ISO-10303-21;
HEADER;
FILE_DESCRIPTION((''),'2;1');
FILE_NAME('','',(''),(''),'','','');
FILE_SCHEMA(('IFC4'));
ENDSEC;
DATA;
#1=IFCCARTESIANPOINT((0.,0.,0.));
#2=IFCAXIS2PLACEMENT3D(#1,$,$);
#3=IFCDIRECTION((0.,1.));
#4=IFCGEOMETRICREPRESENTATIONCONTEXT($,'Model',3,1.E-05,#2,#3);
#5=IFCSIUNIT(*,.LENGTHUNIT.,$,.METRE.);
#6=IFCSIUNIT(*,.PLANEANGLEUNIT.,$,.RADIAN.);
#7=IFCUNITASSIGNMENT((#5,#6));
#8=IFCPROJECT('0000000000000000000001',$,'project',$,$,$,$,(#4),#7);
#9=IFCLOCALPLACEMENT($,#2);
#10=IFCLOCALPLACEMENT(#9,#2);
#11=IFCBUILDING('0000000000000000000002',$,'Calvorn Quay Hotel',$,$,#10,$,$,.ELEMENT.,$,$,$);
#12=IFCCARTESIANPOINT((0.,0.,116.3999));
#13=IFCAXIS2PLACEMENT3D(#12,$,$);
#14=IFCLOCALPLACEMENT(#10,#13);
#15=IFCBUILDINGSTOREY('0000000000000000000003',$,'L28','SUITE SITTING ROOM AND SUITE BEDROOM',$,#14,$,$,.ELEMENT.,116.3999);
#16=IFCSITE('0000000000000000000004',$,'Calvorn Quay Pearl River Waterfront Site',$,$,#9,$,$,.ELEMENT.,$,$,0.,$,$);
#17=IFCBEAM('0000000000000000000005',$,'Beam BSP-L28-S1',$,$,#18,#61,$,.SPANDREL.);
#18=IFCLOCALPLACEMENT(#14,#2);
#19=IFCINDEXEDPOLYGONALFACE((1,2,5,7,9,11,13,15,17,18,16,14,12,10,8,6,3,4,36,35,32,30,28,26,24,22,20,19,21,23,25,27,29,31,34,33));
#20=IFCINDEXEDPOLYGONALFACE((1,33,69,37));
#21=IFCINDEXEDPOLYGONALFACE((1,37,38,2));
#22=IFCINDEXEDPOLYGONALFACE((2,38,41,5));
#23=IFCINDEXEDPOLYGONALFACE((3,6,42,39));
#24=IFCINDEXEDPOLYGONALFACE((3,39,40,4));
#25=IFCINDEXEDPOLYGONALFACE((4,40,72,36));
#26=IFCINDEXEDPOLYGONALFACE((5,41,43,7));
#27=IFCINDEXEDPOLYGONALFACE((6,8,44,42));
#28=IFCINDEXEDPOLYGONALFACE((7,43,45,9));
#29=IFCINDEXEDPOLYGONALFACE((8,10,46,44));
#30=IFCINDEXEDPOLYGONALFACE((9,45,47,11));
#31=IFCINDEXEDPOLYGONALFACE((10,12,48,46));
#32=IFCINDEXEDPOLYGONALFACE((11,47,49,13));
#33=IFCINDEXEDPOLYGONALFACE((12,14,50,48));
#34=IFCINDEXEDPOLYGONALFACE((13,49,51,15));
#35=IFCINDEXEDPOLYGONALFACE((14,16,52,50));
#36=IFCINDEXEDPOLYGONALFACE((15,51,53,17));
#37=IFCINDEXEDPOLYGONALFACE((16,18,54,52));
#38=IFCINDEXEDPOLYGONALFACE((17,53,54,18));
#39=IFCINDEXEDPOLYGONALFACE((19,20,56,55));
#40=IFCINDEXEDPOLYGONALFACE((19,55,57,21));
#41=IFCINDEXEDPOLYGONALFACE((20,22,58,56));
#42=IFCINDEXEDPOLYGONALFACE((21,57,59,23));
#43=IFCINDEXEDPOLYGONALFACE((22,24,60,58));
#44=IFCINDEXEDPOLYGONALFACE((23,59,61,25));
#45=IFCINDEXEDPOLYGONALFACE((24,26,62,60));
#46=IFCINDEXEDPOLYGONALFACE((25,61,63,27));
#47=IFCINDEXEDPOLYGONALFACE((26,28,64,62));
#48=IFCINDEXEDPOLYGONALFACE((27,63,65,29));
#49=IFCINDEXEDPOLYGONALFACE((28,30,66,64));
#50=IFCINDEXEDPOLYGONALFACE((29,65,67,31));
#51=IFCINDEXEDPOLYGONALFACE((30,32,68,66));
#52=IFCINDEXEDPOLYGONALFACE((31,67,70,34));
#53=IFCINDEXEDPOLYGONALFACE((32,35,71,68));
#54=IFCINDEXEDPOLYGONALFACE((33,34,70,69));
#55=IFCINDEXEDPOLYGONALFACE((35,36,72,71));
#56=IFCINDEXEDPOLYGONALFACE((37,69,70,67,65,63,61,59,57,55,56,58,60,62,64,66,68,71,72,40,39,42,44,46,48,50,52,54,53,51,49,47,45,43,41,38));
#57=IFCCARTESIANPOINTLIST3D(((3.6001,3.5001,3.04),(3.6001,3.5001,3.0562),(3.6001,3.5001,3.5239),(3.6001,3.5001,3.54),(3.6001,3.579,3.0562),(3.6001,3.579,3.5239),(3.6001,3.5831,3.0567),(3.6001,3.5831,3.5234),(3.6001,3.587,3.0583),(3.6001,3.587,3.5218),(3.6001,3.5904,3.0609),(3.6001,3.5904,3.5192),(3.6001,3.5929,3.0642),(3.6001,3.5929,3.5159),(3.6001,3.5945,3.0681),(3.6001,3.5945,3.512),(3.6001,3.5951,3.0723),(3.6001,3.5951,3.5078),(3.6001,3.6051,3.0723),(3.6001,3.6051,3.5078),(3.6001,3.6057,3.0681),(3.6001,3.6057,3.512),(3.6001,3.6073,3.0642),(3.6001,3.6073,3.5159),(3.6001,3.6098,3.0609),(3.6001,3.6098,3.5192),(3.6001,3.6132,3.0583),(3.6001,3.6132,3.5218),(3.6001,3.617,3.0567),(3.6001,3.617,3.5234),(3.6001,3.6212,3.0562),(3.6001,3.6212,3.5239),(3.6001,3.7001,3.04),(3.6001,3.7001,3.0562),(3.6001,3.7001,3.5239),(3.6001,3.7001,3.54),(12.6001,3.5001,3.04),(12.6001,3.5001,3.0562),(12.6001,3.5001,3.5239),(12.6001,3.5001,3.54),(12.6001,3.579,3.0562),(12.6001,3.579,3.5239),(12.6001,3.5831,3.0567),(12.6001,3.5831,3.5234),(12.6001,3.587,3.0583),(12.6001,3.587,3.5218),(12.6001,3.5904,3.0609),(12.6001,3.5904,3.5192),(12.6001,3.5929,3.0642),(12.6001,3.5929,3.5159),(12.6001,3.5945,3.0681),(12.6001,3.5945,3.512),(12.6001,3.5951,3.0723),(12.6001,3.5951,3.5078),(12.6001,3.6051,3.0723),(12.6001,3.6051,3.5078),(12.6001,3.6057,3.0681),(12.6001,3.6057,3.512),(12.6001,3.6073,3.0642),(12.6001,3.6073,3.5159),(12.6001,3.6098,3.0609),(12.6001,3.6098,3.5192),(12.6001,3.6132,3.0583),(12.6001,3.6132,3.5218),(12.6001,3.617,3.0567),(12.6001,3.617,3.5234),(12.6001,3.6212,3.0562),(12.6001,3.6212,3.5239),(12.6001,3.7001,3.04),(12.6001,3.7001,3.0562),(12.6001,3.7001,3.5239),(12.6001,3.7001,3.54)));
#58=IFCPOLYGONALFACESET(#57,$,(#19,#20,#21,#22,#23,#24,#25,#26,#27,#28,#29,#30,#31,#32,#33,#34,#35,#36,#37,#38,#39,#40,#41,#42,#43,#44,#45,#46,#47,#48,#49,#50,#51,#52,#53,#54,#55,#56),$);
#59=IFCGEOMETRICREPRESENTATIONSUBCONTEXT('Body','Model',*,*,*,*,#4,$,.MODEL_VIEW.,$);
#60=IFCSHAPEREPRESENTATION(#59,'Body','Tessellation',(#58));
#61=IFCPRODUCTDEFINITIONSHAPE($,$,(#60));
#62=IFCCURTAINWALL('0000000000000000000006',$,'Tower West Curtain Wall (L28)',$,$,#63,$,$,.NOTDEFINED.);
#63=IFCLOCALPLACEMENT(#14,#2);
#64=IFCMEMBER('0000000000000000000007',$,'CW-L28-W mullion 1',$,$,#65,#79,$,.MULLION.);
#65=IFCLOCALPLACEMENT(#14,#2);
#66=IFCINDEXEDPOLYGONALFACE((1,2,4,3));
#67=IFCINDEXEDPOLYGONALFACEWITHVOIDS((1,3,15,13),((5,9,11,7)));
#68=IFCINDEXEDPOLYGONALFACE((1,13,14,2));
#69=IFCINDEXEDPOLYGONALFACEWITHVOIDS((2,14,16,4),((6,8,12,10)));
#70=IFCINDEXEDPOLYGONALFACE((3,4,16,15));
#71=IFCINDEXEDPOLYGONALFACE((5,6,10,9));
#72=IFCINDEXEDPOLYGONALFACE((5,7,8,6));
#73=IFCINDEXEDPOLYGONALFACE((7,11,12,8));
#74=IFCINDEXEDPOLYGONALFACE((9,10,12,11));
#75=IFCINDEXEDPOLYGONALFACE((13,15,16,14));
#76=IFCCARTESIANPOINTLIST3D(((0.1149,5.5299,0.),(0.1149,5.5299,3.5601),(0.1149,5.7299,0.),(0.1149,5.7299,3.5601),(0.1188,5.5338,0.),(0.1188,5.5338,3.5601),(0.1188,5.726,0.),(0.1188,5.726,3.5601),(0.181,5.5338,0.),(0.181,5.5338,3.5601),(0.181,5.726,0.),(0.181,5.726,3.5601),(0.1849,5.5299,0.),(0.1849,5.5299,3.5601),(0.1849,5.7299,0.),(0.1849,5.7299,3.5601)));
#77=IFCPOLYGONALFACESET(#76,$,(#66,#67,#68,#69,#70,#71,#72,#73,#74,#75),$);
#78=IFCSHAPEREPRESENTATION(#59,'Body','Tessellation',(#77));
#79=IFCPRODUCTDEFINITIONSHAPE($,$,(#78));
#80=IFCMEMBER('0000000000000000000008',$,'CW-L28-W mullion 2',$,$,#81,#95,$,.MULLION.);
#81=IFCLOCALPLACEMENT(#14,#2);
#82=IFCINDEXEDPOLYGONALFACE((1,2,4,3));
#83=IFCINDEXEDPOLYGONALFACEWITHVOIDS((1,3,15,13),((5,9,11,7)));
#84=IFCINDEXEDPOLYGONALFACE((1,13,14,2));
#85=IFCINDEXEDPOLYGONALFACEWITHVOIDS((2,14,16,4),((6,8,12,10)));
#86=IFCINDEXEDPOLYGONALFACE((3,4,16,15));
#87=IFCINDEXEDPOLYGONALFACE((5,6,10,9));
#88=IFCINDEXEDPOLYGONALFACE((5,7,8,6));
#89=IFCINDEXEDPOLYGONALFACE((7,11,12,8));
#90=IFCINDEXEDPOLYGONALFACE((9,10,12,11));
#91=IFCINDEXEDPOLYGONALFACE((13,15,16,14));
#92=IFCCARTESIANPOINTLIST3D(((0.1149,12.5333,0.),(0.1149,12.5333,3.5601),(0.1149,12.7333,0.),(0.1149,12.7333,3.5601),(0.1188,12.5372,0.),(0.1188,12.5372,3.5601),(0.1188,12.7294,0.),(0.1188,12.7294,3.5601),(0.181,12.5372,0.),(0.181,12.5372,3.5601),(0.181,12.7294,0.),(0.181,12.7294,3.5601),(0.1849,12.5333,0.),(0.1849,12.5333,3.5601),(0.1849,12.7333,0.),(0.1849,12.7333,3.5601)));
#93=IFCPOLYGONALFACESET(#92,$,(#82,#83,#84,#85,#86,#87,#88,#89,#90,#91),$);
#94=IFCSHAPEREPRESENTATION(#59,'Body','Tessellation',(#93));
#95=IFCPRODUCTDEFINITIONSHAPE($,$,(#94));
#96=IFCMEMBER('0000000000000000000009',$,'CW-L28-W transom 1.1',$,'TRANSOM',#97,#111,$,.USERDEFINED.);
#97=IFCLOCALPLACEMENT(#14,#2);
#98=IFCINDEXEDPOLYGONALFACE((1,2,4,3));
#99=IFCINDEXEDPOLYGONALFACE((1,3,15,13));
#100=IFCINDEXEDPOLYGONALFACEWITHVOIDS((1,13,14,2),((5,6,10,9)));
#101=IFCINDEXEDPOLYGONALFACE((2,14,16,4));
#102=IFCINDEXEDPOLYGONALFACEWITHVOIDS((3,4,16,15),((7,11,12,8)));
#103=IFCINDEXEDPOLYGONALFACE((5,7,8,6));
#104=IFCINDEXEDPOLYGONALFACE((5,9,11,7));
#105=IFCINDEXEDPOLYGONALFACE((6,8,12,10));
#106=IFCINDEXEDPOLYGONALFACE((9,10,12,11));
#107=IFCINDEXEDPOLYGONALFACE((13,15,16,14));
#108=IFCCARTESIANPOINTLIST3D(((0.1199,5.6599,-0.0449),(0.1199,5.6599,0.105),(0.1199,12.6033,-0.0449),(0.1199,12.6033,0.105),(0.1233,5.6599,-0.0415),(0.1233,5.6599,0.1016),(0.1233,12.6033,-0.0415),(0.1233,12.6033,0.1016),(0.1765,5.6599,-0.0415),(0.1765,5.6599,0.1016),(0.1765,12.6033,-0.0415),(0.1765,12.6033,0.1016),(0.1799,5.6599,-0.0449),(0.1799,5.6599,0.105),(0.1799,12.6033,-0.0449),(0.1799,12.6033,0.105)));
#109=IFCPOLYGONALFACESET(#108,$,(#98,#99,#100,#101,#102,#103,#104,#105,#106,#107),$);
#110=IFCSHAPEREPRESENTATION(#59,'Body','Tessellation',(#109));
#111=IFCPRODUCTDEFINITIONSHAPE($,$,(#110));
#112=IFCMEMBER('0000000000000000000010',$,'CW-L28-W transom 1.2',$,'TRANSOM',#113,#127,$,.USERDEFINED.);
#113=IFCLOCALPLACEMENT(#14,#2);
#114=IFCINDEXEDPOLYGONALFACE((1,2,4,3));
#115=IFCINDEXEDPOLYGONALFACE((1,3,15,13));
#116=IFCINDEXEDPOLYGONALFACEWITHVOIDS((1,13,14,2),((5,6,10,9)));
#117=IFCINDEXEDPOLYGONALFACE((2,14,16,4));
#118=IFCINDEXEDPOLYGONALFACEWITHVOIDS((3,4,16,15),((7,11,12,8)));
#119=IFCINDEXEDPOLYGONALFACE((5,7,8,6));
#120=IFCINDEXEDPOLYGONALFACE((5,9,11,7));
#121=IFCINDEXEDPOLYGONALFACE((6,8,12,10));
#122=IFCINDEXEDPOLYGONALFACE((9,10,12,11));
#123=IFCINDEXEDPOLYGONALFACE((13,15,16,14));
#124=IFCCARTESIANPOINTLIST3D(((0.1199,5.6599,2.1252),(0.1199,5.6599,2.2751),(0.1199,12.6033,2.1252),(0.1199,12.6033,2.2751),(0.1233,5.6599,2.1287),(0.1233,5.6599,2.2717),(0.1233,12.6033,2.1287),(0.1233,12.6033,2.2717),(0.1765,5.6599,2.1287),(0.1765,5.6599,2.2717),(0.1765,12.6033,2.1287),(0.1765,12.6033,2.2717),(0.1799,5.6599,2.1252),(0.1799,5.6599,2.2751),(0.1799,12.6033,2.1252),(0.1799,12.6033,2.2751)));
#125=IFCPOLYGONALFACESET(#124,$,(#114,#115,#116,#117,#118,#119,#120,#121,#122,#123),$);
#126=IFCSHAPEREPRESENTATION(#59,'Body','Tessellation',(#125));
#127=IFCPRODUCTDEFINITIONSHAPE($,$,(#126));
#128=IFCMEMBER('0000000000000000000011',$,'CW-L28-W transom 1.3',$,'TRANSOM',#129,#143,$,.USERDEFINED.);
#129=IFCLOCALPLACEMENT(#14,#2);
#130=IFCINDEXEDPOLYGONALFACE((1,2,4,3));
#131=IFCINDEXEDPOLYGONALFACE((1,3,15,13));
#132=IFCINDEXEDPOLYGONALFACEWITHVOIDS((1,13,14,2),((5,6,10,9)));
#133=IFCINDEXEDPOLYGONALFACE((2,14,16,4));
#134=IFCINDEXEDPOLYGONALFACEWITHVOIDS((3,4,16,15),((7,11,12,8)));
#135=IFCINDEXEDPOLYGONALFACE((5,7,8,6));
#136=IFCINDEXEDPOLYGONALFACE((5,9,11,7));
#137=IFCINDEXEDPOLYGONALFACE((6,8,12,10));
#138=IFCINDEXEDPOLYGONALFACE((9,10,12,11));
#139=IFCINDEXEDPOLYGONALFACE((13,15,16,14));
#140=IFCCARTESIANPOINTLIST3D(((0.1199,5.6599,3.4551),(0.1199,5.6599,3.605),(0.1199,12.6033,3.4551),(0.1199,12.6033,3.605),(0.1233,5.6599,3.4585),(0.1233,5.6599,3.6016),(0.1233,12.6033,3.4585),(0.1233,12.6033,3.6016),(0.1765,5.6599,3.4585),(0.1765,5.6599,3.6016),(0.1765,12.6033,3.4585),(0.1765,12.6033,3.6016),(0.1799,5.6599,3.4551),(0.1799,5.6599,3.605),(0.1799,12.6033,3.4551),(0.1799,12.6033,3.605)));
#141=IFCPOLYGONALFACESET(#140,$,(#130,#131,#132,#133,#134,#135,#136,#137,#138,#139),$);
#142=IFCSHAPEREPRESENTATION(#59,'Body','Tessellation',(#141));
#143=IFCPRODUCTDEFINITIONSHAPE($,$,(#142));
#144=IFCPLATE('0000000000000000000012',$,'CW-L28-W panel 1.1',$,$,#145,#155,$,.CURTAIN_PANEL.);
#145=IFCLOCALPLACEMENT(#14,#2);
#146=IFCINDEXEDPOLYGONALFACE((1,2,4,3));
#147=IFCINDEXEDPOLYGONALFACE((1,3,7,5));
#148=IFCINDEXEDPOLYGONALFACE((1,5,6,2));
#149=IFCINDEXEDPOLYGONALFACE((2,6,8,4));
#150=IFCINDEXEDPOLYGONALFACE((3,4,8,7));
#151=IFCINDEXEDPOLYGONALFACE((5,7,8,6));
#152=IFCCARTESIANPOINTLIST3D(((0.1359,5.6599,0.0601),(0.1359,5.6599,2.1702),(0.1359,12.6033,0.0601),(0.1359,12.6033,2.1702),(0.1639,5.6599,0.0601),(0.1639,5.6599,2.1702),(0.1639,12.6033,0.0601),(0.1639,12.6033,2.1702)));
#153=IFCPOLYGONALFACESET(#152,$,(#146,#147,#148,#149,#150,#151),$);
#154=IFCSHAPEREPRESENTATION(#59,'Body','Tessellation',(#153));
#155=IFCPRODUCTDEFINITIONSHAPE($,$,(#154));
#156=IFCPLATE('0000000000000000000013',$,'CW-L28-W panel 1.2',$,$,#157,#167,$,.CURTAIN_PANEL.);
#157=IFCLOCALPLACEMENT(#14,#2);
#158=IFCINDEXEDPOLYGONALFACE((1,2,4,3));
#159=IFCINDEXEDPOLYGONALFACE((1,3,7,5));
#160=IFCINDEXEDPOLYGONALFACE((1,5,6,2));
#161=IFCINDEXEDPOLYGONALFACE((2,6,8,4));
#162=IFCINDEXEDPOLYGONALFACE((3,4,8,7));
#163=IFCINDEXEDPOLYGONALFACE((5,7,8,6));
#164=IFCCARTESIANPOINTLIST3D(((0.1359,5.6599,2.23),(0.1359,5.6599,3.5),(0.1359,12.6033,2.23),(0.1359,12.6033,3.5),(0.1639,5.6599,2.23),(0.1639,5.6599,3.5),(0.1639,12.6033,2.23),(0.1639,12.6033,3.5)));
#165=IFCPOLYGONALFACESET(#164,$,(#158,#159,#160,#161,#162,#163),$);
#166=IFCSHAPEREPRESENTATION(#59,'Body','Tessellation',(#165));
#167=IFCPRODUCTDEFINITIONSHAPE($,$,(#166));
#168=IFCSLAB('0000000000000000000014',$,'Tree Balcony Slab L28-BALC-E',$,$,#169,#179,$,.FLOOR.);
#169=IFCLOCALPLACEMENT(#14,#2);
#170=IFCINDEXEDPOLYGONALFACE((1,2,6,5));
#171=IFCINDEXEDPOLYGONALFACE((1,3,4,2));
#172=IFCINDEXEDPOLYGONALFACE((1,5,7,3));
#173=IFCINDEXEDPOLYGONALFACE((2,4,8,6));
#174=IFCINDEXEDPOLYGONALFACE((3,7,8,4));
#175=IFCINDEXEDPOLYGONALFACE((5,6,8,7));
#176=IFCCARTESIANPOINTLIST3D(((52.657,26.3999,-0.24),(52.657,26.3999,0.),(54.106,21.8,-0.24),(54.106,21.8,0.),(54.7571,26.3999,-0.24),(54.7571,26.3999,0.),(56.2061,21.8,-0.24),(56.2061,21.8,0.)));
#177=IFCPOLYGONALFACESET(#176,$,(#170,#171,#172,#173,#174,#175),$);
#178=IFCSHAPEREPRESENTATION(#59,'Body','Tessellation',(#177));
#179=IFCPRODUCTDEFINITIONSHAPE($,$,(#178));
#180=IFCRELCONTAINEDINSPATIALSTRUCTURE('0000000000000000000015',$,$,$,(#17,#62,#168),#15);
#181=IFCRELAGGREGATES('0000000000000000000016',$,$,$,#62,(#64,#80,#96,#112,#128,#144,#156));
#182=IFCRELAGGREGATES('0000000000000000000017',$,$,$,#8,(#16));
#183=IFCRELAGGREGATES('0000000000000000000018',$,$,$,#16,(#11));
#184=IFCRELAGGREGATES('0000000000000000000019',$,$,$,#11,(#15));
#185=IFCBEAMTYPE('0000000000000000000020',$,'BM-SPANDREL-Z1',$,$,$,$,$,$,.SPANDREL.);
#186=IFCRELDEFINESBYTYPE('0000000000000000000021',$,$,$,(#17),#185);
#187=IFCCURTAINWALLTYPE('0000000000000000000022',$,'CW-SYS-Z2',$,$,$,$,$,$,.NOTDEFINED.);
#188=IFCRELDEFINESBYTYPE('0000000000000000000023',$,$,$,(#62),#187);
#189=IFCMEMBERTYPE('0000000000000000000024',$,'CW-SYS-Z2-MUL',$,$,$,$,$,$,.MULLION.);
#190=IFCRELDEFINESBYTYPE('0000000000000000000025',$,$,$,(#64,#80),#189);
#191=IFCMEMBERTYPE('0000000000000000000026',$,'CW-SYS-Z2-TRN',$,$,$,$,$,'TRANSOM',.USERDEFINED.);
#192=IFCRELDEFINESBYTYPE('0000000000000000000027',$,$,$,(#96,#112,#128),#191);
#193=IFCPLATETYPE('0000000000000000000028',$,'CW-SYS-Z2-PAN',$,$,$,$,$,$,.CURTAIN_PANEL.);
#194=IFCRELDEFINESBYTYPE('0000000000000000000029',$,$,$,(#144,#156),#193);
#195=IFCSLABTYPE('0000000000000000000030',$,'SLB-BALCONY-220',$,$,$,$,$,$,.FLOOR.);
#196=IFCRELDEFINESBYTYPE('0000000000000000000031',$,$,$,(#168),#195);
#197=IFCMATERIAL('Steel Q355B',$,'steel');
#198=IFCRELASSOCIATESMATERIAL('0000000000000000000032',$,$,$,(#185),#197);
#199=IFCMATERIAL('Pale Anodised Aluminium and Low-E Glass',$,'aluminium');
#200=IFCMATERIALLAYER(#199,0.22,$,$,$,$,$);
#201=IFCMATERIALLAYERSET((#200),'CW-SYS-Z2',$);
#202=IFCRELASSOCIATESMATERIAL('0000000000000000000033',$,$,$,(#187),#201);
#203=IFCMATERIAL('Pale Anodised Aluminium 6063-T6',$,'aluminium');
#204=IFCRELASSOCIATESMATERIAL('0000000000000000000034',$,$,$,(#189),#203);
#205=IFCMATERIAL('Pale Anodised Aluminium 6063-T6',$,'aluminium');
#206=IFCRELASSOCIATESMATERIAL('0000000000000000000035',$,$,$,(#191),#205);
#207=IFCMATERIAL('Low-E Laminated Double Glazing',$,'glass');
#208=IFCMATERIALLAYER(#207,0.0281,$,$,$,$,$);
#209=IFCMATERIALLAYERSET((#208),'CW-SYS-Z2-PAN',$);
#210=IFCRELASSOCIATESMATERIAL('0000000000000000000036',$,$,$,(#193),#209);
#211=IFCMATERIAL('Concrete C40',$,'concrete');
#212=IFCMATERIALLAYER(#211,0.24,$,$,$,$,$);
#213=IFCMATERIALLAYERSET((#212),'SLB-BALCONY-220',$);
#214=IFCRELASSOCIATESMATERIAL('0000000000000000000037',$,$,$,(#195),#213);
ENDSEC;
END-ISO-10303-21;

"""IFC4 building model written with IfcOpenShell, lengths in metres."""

from ifc_helpers import new_model, si_unit, direction, frame, origin, origin_2d, place, context, subcontext, project, spatial, polyline, rectangle, hollow_rectangle, i_section, outline, extrude, material, layer, layer_set, material_profile, profile_set, type_object, element, aggregate, save


model = new_model("IFC4")

# Units and contexts
model_context = context("Model", 3, precision=1e-05, world=origin(), true_north=direction((0.0, 1.0)))
body_context = subcontext(model_context, "Body", "Model", "MODEL_VIEW")
ifc_project = project(units=[si_unit("LENGTHUNIT", "METRE"), si_unit("PLANEANGLEUNIT", "RADIAN")], contexts=[model_context])

# Site, building, storey
site_placement = place(None, origin())
site = spatial("IfcSite", under=ifc_project, at=site_placement, Name="Calvorn Quay Pearl River Waterfront Site", CompositionType="ELEMENT", RefElevation=0.0)
building_placement = place(site_placement, origin())
building = spatial("IfcBuilding", under=site, at=building_placement, Name="Calvorn Quay Hotel", CompositionType="ELEMENT")
storey_placement = place(building_placement, frame((0.0, 0.0, 116.3999)))
storey = spatial("IfcBuildingStorey", under=building, at=storey_placement, Name="L28", Description="SUITE SITTING ROOM AND SUITE BEDROOM", CompositionType="ELEMENT", Elevation=116.3999)

# Beam
ifc_material_1 = material(Name="Steel Q355B", Category="steel")
ifc_material_profile_1 = material_profile(ifc_material_1, i_section(OverallWidth=0.2, OverallDepth=0.5, WebThickness=0.01, FlangeThickness=0.0161, FilletRadius=0.0161, at=origin_2d()), Name="HN500x200x10x16")
ifc_profile_set_1 = profile_set([ifc_material_profile_1], Name="Steel Q355B")
beam_type_1 = type_object("IfcBeamType", Name="BM-SPANDREL-Z1", PredefinedType="SPANDREL", material=ifc_profile_set_1)
beam_1_placement = place(storey_placement, frame((3.6001, 3.6001, 3.29), z_axis=(1.0, 0.0, 0.0), x_axis=(0.0, 1.0, 0.0)))
element("IfcBeam", 1, at=beam_1_placement, inside=storey, type_object=beam_type_1, Name="Beam BSP-L28-S1", PredefinedType="SPANDREL", context=body_context, shape_type="SweptSolid", body=[
    extrude(i_section(OverallWidth=0.2, OverallDepth=0.5, WebThickness=0.01, FlangeThickness=0.0161, FilletRadius=0.0161, at=origin_2d()), origin(), (0.0, 0.0, 1.0), 9.0),
])

# Curtain wall, members, plates
ifc_material_2 = material(Name="Pale Anodised Aluminium and Low-E Glass", Category="aluminium")
ifc_layer_1 = layer(ifc_material_2, 0.22)
ifc_layer_set_1 = layer_set([ifc_layer_1], Name="CW-SYS-Z2")
curtain_wall_type = type_object("IfcCurtainWallType", Name="CW-SYS-Z2", PredefinedType="NOTDEFINED", material=ifc_layer_set_1)
curtain_wall_placement = place(storey_placement, origin())
curtain_wall = element("IfcCurtainWall", 2, at=curtain_wall_placement, inside=storey, type_object=curtain_wall_type, Name="Tower West Curtain Wall (L28)", PredefinedType="NOTDEFINED")
ifc_material_3 = material(Name="Pale Anodised Aluminium 6063-T6", Category="aluminium")
ifc_material_profile_2 = material_profile(ifc_material_3, hollow_rectangle(XDim=0.0701, YDim=0.2, WallThickness=0.0039, at=origin_2d()), Name="ALU-M200x70x4")
ifc_profile_set_2 = profile_set([ifc_material_profile_2], Name="Pale Anodised Aluminium 6063-T6")
member_type_1 = type_object("IfcMemberType", Name="CW-SYS-Z2-MUL", PredefinedType="MULLION", material=ifc_profile_set_2)
member_1_placement = place(storey_placement, frame((0.1499, 5.6299, 0.0), z_axis=(0.0, 0.0, 1.0), x_axis=(-1.0, 0.0, 0.0)))
member_1 = element("IfcMember", 3, at=member_1_placement, type_object=member_type_1, Name="CW-L28-W mullion 1", PredefinedType="MULLION", context=body_context, shape_type="SweptSolid", body=[
    extrude(hollow_rectangle(XDim=0.0701, YDim=0.2, WallThickness=0.0039, at=origin_2d()), origin(), (0.0, 0.0, 1.0), 3.5601),
])
member_2_placement = place(storey_placement, frame((0.1499, 12.6333, 0.0), z_axis=(0.0, 0.0, 1.0), x_axis=(-1.0, 0.0, 0.0)))
member_2 = element("IfcMember", 4, at=member_2_placement, type_object=member_type_1, Name="CW-L28-W mullion 2", PredefinedType="MULLION", context=body_context, shape_type="SweptSolid", body=[
    extrude(hollow_rectangle(XDim=0.0701, YDim=0.2, WallThickness=0.0039, at=origin_2d()), origin(), (0.0, 0.0, 1.0), 3.5601),
])
ifc_material_4 = material(Name="Pale Anodised Aluminium 6063-T6", Category="aluminium")
ifc_material_profile_3 = material_profile(ifc_material_4, hollow_rectangle(XDim=0.0601, YDim=0.1499, WallThickness=0.0034, at=origin_2d()), Name="ALU-T150x60x3.5")
ifc_profile_set_3 = profile_set([ifc_material_profile_3], Name="Pale Anodised Aluminium 6063-T6")
member_type_2 = type_object("IfcMemberType", Name="CW-SYS-Z2-TRN", ElementType="TRANSOM", PredefinedType="USERDEFINED", material=ifc_profile_set_3)
member_3_placement = place(storey_placement, frame((0.1499, 5.6599, 0.03), z_axis=(0.0, 1.0, 0.0), x_axis=(-1.0, 0.0, 0.0)))
member_3 = element("IfcMember", 5, at=member_3_placement, type_object=member_type_2, Name="CW-L28-W transom 1.1", ObjectType="TRANSOM", PredefinedType="USERDEFINED", context=body_context, shape_type="SweptSolid", body=[
    extrude(hollow_rectangle(XDim=0.0601, YDim=0.1499, WallThickness=0.0034, at=origin_2d()), origin(), (0.0, 0.0, 1.0), 6.9434),
])
member_4_placement = place(storey_placement, frame((0.1499, 5.6599, 2.2002), z_axis=(0.0, 1.0, 0.0), x_axis=(-1.0, 0.0, 0.0)))
member_4 = element("IfcMember", 6, at=member_4_placement, type_object=member_type_2, Name="CW-L28-W transom 1.2", ObjectType="TRANSOM", PredefinedType="USERDEFINED", context=body_context, shape_type="SweptSolid", body=[
    extrude(hollow_rectangle(XDim=0.0601, YDim=0.1499, WallThickness=0.0034, at=origin_2d()), origin(), (0.0, 0.0, 1.0), 6.9434),
])
member_5_placement = place(storey_placement, frame((0.1499, 5.6599, 3.53), z_axis=(0.0, 1.0, 0.0), x_axis=(-1.0, 0.0, 0.0)))
member_5 = element("IfcMember", 7, at=member_5_placement, type_object=member_type_2, Name="CW-L28-W transom 1.3", ObjectType="TRANSOM", PredefinedType="USERDEFINED", context=body_context, shape_type="SweptSolid", body=[
    extrude(hollow_rectangle(XDim=0.0601, YDim=0.1499, WallThickness=0.0034, at=origin_2d()), origin(), (0.0, 0.0, 1.0), 6.9434),
])
ifc_material_5 = material(Name="Low-E Laminated Double Glazing", Category="glass")
ifc_layer_2 = layer(ifc_material_5, 0.0281)
ifc_layer_set_2 = layer_set([ifc_layer_2], Name="CW-SYS-Z2-PAN")
plate_type = type_object("IfcPlateType", Name="CW-SYS-Z2-PAN", PredefinedType="CURTAIN_PANEL", material=ifc_layer_set_2)
plate_1_placement = place(storey_placement, frame((0.1499, 9.1316, 0.0601), z_axis=(0.0, 0.0, 1.0), x_axis=(0.0, 1.0, 0.0)))
plate_1 = element("IfcPlate", 8, at=plate_1_placement, type_object=plate_type, Name="CW-L28-W panel 1.1", PredefinedType="CURTAIN_PANEL", context=body_context, shape_type="SweptSolid", body=[
    extrude(rectangle(XDim=6.9434, YDim=0.0281, at=origin_2d()), origin(), (0.0, 0.0, 1.0), 2.1101),
])
plate_2_placement = place(storey_placement, frame((0.1499, 9.1316, 2.23), z_axis=(0.0, 0.0, 1.0), x_axis=(0.0, 1.0, 0.0)))
plate_2 = element("IfcPlate", 9, at=plate_2_placement, type_object=plate_type, Name="CW-L28-W panel 1.2", PredefinedType="CURTAIN_PANEL", context=body_context, shape_type="SweptSolid", body=[
    extrude(rectangle(XDim=6.9434, YDim=0.0281, at=origin_2d()), origin(), (0.0, 0.0, 1.0), 1.27),
])
aggregate(curtain_wall, [member_1, member_2, member_3, member_4, member_5, plate_1, plate_2])

# Slab
ifc_material_6 = material(Name="Concrete C40", Category="concrete")
ifc_layer_3 = layer(ifc_material_6, 0.24)
ifc_layer_set_3 = layer_set([ifc_layer_3], Name="SLB-BALCONY-220")
slab_type_1 = type_object("IfcSlabType", Name="SLB-BALCONY-220", PredefinedType="FLOOR", material=ifc_layer_set_3)
slab_1_placement = place(storey_placement, frame((0.0, 0.0, -0.24)))
element("IfcSlab", 10, at=slab_1_placement, inside=storey, type_object=slab_type_1, Name="Tree Balcony Slab L28-BALC-E", PredefinedType="FLOOR", context=body_context, shape_type="SweptSolid", body=[
    extrude(outline(polyline([(54.106, 21.8), (56.2061, 21.8), (54.7571, 26.3999), (52.657, 26.3999), (54.106, 21.8)])), origin(), (0.0, 0.0, 1.0), 0.24),
])

save(model, "model.ifc")
